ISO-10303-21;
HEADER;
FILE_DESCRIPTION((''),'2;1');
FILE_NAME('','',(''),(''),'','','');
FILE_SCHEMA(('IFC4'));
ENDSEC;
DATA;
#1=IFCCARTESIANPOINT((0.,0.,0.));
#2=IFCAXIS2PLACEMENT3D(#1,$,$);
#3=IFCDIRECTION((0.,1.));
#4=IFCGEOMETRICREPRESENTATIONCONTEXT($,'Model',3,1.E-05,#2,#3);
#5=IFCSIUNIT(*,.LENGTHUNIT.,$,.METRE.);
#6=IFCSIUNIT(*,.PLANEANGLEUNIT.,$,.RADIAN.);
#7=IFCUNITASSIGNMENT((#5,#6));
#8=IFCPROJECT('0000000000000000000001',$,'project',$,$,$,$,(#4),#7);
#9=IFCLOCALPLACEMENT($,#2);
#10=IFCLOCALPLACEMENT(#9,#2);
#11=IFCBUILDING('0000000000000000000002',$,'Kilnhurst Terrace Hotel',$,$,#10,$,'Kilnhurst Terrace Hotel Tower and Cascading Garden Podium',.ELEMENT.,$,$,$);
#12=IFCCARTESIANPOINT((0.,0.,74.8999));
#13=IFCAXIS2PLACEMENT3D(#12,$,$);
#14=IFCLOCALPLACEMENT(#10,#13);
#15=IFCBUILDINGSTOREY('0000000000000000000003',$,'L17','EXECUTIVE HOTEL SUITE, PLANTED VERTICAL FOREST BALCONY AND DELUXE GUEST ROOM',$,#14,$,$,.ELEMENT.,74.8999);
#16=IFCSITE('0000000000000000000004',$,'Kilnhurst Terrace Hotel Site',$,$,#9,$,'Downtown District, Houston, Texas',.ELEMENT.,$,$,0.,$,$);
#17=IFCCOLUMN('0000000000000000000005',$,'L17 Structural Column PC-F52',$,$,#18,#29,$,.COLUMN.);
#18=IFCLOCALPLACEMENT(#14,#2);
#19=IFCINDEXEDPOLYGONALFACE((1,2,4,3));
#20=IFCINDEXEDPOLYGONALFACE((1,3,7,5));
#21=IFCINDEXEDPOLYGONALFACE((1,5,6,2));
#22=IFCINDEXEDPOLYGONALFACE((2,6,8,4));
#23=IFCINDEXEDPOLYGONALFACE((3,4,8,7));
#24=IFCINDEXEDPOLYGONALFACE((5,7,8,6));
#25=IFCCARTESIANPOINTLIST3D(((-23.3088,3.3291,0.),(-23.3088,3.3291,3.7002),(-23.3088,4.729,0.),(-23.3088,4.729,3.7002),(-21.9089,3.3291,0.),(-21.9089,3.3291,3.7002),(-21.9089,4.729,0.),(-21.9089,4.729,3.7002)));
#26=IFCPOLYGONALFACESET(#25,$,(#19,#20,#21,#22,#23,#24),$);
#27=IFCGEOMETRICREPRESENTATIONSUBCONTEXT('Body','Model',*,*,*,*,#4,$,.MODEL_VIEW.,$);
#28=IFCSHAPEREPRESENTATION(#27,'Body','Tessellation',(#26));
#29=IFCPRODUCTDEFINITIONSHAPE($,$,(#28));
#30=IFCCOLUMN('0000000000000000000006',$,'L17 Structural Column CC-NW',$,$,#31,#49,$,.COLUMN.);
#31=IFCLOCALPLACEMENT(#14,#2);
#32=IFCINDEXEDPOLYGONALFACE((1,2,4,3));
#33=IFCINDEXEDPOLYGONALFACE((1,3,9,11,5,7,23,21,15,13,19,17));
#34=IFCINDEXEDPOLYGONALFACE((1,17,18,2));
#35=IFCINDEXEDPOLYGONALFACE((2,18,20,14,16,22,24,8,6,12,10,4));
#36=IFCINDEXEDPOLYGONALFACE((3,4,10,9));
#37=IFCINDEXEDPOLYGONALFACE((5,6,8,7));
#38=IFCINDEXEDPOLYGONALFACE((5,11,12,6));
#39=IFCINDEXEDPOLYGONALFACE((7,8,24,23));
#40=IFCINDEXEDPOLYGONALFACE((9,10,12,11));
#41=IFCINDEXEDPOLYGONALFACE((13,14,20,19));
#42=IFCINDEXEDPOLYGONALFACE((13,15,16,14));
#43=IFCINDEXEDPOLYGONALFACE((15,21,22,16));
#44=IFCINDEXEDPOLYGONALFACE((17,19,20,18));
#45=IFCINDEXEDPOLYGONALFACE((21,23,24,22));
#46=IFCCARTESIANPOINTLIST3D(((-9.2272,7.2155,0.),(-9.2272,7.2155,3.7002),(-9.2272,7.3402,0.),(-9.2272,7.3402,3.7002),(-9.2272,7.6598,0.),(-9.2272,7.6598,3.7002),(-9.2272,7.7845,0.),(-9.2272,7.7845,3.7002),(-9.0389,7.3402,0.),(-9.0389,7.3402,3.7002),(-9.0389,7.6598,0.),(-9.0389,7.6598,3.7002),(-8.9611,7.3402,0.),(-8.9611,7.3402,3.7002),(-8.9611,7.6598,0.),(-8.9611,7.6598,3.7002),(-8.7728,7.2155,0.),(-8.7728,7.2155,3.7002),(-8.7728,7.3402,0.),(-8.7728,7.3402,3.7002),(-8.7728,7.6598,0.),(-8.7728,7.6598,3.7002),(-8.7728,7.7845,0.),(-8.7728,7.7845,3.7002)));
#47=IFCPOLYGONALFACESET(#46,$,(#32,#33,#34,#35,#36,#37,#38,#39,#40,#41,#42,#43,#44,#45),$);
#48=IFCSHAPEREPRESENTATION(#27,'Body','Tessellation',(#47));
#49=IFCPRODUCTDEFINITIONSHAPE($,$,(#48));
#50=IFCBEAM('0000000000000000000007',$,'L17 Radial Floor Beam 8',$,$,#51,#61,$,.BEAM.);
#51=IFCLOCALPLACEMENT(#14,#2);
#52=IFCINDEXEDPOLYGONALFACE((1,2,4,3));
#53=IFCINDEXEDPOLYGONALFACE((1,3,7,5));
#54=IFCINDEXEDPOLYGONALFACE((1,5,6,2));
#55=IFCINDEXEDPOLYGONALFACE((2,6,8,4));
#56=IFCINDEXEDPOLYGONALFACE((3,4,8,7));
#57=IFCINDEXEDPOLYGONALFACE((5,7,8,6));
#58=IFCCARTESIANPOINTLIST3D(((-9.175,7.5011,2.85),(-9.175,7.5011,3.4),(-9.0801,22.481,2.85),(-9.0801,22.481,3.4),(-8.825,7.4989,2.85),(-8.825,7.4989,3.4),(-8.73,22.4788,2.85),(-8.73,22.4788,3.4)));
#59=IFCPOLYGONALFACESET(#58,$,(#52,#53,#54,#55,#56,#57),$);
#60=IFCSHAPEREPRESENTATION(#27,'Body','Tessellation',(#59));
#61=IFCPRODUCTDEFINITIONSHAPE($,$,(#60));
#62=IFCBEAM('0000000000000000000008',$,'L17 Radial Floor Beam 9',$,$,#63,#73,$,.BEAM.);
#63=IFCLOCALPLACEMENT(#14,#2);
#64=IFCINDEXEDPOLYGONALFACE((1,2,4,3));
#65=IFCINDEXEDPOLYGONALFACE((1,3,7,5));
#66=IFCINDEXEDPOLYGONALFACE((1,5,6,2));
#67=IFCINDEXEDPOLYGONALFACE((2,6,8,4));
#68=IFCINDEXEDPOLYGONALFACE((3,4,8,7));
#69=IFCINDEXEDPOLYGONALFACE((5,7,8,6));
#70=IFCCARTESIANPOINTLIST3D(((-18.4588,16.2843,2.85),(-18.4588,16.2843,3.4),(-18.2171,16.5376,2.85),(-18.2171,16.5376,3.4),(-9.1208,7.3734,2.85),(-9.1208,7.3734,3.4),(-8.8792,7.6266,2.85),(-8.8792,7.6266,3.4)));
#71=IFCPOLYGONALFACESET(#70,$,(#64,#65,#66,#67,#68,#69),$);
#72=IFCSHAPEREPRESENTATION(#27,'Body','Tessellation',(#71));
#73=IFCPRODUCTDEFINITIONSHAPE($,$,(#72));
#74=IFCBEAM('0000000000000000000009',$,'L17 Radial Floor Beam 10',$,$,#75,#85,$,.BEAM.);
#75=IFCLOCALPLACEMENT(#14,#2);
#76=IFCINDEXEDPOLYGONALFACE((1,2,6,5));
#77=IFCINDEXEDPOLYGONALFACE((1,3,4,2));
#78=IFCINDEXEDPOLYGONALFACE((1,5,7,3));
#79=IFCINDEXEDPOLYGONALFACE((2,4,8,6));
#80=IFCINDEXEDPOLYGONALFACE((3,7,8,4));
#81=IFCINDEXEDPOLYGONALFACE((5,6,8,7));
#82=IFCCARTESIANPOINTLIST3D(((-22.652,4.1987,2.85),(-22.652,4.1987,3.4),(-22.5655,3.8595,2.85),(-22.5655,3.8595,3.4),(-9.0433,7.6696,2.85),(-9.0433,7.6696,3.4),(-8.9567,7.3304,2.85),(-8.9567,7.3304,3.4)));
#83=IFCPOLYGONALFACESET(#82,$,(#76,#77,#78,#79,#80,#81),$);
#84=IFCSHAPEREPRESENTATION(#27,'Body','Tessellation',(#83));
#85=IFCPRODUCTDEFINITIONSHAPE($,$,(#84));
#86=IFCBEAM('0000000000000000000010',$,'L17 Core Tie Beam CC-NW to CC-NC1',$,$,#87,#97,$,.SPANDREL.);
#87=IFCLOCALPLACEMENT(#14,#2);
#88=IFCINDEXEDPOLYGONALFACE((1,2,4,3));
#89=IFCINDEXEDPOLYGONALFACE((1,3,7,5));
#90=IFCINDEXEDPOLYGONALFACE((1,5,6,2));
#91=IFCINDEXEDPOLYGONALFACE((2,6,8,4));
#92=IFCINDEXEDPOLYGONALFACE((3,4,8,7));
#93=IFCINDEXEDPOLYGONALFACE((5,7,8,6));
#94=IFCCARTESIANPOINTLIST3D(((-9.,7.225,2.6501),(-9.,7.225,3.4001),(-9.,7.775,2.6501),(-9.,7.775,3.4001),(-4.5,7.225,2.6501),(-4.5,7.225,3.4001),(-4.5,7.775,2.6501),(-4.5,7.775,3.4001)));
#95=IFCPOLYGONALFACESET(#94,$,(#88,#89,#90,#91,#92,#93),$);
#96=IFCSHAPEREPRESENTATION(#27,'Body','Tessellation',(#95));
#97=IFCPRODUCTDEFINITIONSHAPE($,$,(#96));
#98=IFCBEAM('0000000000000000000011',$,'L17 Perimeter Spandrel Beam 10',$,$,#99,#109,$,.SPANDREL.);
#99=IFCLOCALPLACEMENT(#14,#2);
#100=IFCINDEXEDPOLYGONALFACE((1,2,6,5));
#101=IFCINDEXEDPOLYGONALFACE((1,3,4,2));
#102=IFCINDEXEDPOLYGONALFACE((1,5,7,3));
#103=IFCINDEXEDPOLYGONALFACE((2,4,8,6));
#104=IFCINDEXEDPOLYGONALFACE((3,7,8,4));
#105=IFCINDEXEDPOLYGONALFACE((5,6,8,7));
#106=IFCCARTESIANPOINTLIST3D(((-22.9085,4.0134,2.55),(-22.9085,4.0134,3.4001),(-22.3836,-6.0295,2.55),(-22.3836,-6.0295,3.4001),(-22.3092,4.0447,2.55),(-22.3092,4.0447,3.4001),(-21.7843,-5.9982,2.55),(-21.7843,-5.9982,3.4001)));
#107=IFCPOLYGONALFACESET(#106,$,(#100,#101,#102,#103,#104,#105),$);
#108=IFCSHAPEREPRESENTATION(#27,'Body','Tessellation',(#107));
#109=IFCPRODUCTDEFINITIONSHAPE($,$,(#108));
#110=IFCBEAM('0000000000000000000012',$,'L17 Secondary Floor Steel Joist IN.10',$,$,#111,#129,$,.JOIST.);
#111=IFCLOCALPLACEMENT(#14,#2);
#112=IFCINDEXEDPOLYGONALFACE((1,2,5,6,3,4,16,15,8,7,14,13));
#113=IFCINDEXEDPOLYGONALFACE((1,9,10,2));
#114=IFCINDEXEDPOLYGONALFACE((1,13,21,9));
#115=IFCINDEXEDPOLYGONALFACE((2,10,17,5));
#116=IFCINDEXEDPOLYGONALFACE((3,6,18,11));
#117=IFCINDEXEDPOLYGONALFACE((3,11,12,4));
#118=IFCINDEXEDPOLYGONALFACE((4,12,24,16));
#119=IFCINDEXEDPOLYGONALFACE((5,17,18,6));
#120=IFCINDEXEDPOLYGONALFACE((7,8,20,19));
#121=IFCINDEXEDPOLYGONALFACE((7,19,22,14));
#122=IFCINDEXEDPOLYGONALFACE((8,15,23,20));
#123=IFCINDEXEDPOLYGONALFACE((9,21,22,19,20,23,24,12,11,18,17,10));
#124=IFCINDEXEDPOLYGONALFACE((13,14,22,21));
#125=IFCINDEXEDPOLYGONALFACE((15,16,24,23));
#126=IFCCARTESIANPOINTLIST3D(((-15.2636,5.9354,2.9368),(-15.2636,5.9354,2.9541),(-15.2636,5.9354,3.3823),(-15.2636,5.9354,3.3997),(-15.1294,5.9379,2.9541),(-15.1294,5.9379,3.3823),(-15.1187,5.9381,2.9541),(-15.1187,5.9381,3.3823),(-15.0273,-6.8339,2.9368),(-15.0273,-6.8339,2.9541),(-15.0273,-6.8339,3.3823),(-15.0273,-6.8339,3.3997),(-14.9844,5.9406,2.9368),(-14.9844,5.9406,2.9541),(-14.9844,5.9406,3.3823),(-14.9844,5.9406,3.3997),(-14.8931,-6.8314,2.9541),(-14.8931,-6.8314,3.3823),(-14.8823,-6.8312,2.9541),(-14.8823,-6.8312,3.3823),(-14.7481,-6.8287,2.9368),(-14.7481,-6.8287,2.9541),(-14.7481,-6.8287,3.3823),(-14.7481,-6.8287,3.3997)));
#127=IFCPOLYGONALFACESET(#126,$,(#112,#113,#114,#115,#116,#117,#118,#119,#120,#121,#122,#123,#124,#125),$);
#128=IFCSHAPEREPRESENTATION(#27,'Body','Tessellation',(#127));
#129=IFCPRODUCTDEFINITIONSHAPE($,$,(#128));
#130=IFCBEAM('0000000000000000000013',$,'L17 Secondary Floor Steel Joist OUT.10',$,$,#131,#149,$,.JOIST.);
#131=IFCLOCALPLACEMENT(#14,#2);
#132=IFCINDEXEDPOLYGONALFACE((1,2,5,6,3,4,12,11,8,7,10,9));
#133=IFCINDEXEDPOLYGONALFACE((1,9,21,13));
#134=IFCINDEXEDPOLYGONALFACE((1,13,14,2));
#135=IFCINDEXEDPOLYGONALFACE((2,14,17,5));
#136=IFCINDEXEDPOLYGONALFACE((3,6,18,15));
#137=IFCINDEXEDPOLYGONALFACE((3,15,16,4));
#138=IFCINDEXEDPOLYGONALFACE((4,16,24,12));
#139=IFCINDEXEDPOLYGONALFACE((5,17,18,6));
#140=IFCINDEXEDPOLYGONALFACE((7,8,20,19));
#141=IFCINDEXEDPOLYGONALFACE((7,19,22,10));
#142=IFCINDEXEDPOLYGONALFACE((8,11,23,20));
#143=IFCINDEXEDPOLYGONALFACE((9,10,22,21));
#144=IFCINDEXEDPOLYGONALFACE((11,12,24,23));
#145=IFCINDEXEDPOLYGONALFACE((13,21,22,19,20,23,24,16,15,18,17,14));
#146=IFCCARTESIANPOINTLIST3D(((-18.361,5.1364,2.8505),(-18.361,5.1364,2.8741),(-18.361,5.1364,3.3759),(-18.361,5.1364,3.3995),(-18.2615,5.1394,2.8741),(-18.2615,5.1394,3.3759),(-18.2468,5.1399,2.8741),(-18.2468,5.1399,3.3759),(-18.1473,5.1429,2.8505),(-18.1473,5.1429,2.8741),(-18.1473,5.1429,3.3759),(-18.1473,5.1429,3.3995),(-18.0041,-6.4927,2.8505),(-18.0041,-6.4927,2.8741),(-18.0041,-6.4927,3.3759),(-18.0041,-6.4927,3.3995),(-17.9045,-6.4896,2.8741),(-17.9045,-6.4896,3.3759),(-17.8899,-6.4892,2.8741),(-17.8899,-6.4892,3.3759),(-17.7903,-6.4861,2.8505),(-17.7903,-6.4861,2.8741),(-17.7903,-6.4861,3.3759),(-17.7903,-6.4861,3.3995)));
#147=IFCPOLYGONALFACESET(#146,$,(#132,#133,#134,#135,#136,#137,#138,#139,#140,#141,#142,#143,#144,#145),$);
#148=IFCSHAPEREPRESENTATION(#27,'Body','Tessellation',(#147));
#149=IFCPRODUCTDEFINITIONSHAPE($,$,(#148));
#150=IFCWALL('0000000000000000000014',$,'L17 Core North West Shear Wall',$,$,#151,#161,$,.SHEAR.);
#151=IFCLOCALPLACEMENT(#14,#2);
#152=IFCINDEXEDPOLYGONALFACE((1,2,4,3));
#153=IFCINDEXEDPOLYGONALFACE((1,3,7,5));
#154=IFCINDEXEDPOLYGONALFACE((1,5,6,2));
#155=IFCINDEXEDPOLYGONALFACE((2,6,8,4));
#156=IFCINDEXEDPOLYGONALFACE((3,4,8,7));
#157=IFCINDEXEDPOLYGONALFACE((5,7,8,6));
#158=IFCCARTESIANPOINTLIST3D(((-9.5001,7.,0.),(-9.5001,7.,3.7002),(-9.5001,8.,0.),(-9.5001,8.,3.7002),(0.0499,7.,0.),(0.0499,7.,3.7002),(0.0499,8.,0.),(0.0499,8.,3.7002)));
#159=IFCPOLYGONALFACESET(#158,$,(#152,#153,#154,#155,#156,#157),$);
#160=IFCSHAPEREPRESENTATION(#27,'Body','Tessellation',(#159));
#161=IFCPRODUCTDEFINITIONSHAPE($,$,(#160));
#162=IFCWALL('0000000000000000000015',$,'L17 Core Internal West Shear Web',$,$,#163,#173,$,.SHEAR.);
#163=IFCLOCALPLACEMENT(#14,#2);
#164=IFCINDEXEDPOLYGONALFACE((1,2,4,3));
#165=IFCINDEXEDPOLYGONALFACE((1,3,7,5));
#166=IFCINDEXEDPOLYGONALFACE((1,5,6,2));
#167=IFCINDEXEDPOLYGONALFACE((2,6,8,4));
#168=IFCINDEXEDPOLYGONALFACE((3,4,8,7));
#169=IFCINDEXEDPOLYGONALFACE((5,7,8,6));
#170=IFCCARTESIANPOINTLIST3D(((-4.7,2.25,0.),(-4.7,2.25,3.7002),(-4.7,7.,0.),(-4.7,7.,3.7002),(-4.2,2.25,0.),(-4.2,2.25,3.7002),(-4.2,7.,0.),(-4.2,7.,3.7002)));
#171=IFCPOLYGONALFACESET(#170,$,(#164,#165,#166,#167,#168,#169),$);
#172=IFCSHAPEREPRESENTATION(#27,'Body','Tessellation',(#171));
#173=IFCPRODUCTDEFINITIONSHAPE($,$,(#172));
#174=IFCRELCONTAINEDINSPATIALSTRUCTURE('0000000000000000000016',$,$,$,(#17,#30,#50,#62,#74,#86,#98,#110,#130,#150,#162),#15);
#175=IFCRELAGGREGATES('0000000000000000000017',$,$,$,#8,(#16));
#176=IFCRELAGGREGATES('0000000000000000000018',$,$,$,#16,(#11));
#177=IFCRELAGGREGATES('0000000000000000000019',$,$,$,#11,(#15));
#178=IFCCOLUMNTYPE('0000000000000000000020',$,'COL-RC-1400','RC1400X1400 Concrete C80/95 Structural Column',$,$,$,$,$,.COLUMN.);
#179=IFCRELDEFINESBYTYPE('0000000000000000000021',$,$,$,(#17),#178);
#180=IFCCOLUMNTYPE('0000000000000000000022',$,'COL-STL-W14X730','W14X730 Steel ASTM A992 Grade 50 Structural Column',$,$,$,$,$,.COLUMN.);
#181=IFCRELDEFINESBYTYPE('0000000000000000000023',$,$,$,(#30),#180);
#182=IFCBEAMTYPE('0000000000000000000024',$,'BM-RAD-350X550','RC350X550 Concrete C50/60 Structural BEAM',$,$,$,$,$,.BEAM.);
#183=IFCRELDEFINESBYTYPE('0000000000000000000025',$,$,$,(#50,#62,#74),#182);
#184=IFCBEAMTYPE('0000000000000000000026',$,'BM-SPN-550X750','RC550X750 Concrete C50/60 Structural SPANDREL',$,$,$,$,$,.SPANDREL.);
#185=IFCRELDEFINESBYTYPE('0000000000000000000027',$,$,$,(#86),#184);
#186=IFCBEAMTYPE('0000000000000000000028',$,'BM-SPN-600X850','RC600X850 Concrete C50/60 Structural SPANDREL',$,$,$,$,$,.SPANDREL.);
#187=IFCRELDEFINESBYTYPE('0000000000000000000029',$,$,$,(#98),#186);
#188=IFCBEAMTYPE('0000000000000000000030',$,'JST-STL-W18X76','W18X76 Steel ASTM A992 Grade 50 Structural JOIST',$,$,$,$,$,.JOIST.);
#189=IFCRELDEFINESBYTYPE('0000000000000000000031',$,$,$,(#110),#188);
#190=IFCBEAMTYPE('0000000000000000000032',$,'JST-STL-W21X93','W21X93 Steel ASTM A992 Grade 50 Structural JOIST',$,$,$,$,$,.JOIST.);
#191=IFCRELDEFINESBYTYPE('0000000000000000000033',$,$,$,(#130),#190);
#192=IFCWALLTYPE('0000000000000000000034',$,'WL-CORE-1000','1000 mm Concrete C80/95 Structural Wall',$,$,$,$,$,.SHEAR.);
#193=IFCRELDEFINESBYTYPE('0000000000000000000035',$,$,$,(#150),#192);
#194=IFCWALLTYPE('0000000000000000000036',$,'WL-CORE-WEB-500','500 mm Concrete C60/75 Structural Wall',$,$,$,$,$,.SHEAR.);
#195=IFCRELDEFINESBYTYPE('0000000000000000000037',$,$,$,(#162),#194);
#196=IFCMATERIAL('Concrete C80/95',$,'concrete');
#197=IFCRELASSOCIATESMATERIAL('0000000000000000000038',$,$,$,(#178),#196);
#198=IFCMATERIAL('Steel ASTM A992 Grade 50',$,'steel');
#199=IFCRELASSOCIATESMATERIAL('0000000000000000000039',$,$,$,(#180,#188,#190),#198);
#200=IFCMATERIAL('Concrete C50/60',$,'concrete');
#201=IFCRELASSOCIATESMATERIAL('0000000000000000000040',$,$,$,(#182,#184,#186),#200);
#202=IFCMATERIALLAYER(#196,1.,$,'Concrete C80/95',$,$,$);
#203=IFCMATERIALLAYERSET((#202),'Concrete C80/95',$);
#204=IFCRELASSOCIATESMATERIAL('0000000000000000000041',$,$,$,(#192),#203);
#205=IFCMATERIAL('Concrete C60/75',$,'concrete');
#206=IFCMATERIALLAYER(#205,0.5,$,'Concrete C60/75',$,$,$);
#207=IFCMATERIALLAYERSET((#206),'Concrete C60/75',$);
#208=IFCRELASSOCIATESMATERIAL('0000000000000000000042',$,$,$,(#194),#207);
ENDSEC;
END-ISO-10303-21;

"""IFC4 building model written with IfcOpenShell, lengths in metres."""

from ifc_helpers import new_model, si_unit, direction, frame, frame_2d, origin, origin_2d, place, context, subcontext, project, spatial, rectangle, i_section, extrude, material, layer, layer_set, material_profile, profile_set, type_object, element, save


model = new_model("IFC4")

# Units and contexts
model_context = context("Model", 3, precision=1e-05, world=origin(), true_north=direction((0.0, 1.0)))
body_context = subcontext(model_context, "Body", "Model", "MODEL_VIEW")
ifc_project = project(units=[si_unit("LENGTHUNIT", "METRE"), si_unit("PLANEANGLEUNIT", "RADIAN")], contexts=[model_context])

# Site, building, storey
site_placement = place(None, origin())
site = spatial("IfcSite", under=ifc_project, at=site_placement, Name="Kilnhurst Terrace Hotel Site", LongName="Downtown District, Houston, Texas", CompositionType="ELEMENT", RefElevation=0.0)
building_placement = place(site_placement, origin())
building = spatial("IfcBuilding", under=site, at=building_placement, Name="Kilnhurst Terrace Hotel", LongName="Kilnhurst Terrace Hotel Tower and Cascading Garden Podium", CompositionType="ELEMENT")
storey_placement = place(building_placement, frame((0.0, 0.0, 74.8999)))
storey = spatial("IfcBuildingStorey", under=building, at=storey_placement, Name="L17", Description="EXECUTIVE HOTEL SUITE, PLANTED VERTICAL FOREST BALCONY AND DELUXE GUEST ROOM", CompositionType="ELEMENT", Elevation=74.8999)

# Columns
ifc_material_1 = material(Name="Concrete C80/95", Category="concrete")
ifc_material_profile_1 = material_profile(ifc_material_1, rectangle(XDim=1.3999, YDim=1.3999, at=origin_2d()), Name="RC1400X1400")
ifc_profile_set_1 = profile_set([ifc_material_profile_1], Name="Concrete C80/95")
column_type_1 = type_object("IfcColumnType", Name="COL-RC-1400", Description="RC1400X1400 Concrete C80/95 Structural Column", PredefinedType="COLUMN", material=ifc_profile_set_1)
column_1_placement = place(storey_placement, frame((-22.6089, 4.0291, 0.0), z_axis=(0.0, 0.0, 1.0), x_axis=(1.0, 0.0, 0.0)))
element("IfcColumn", 1, at=column_1_placement, inside=storey, type_object=column_type_1, Name="L17 Structural Column PC-F52", PredefinedType="COLUMN", context=body_context, shape_type="SweptSolid", body=[
    extrude(rectangle(XDim=1.3999, YDim=1.3999, at=origin_2d()), origin(), (0.0, 0.0, 1.0), 3.7002),
])
ifc_material_2 = material(Name="Steel ASTM A992 Grade 50", Category="steel")
ifc_material_profile_2 = material_profile(ifc_material_2, i_section(OverallWidth=0.4543, OverallDepth=0.5691, WebThickness=0.0779, FlangeThickness=0.1248, at=origin_2d()), Name="W14X730")
ifc_profile_set_2 = profile_set([ifc_material_profile_2], Name="Steel ASTM A992 Grade 50")
column_type_2 = type_object("IfcColumnType", Name="COL-STL-W14X730", Description="W14X730 Steel ASTM A992 Grade 50 Structural Column", PredefinedType="COLUMN", material=ifc_profile_set_2)
column_2_placement = place(storey_placement, frame((-9.0, 7.5, 0.0), z_axis=(0.0, 0.0, 1.0), x_axis=(1.0, 0.0, 0.0)))
element("IfcColumn", 2, at=column_2_placement, inside=storey, type_object=column_type_2, Name="L17 Structural Column CC-NW", PredefinedType="COLUMN", context=body_context, shape_type="SweptSolid", body=[
    extrude(i_section(OverallWidth=0.4543, OverallDepth=0.5691, WebThickness=0.0779, FlangeThickness=0.1248, at=origin_2d()), origin(), (0.0, 0.0, 1.0), 3.7002),
])

# Beams
ifc_material_3 = material(Name="Concrete C50/60", Category="concrete")
ifc_material_profile_3 = material_profile(ifc_material_3, rectangle(XDim=0.3501, YDim=0.55, at=origin_2d()), Name="RC350X550")
ifc_profile_set_3 = profile_set([ifc_material_profile_3], Name="Concrete C50/60")
beam_type_1 = type_object("IfcBeamType", Name="BM-RAD-350X550", Description="RC350X550 Concrete C50/60 Structural BEAM", PredefinedType="BEAM", material=ifc_profile_set_3)
beam_1_placement = place(storey_placement, frame((-9.0, 7.5, 3.125), z_axis=(0.00634, 0.99998, 0.0), x_axis=(-0.99998, 0.00634, 0.0)))
element("IfcBeam", 3, at=beam_1_placement, inside=storey, type_object=beam_type_1, Name="L17 Radial Floor Beam 8", PredefinedType="BEAM", context=body_context, shape_type="SweptSolid", body=[
    extrude(rectangle(XDim=0.3501, YDim=0.55, at=origin_2d()), origin(), (0.0, 0.0, 1.0), 14.9802),
])
beam_2_placement = place(storey_placement, frame((-9.0, 7.5, 3.125), z_axis=(-0.723454, 0.690372, 0.0), x_axis=(-0.690372, -0.723454, 0.0)))
element("IfcBeam", 4, at=beam_2_placement, inside=storey, type_object=beam_type_1, Name="L17 Radial Floor Beam 9", PredefinedType="BEAM", context=body_context, shape_type="SweptSolid", body=[
    extrude(rectangle(XDim=0.3501, YDim=0.55, at=origin_2d()), origin(), (0.0, 0.0, 1.0), 12.9075),
])
beam_3_placement = place(storey_placement, frame((-9.0, 7.5, 3.125), z_axis=(-0.96898, -0.247138, 0.0), x_axis=(0.247138, -0.96898, 0.0)))
element("IfcBeam", 5, at=beam_3_placement, inside=storey, type_object=beam_type_1, Name="L17 Radial Floor Beam 10", PredefinedType="BEAM", context=body_context, shape_type="SweptSolid", body=[
    extrude(rectangle(XDim=0.3501, YDim=0.55, at=origin_2d()), origin(), (0.0, 0.0, 1.0), 14.0444),
])
ifc_material_profile_4 = material_profile(ifc_material_3, rectangle(XDim=0.55, YDim=0.75, at=origin_2d()), Name="RC550X750")
ifc_profile_set_4 = profile_set([ifc_material_profile_4], Name="Concrete C50/60")
beam_type_2 = type_object("IfcBeamType", Name="BM-SPN-550X750", Description="RC550X750 Concrete C50/60 Structural SPANDREL", PredefinedType="SPANDREL", material=ifc_profile_set_4)
beam_4_placement = place(storey_placement, frame((-9.0, 7.5, 3.0251), z_axis=(1.0, 0.0, 0.0), x_axis=(0.0, 1.0, 0.0)))
element("IfcBeam", 6, at=beam_4_placement, inside=storey, type_object=beam_type_2, Name="L17 Core Tie Beam CC-NW to CC-NC1", PredefinedType="SPANDREL", context=body_context, shape_type="SweptSolid", body=[
    extrude(rectangle(XDim=0.55, YDim=0.75, at=origin_2d()), origin(), (0.0, 0.0, 1.0), 4.5),
])
ifc_material_profile_5 = material_profile(ifc_material_3, rectangle(XDim=0.6001, YDim=0.8501, at=origin_2d()), Name="RC600X850")
ifc_profile_set_5 = profile_set([ifc_material_profile_5], Name="Concrete C50/60")
beam_type_3 = type_object("IfcBeamType", Name="BM-SPN-600X850", Description="RC600X850 Concrete C50/60 Structural SPANDREL", PredefinedType="SPANDREL", material=ifc_profile_set_5)
beam_5_placement = place(storey_placement, frame((-22.6089, 4.0291, 2.9751), z_axis=(0.052194, -0.998637, 0.0), x_axis=(0.998637, 0.052194, 0.0)))
element("IfcBeam", 7, at=beam_5_placement, inside=storey, type_object=beam_type_3, Name="L17 Perimeter Spandrel Beam 10", PredefinedType="SPANDREL", context=body_context, shape_type="SweptSolid", body=[
    extrude(rectangle(XDim=0.6001, YDim=0.8501, at=origin_2d()), origin(), (0.0, 0.0, 1.0), 10.0566),
])
ifc_material_profile_6 = material_profile(ifc_material_2, i_section(OverallWidth=0.2793, OverallDepth=0.4629, WebThickness=0.0107, FlangeThickness=0.0173, at=origin_2d()), Name="W18X76")
ifc_profile_set_6 = profile_set([ifc_material_profile_6], Name="Steel ASTM A992 Grade 50")
beam_type_4 = type_object("IfcBeamType", Name="JST-STL-W18X76", Description="W18X76 Steel ASTM A992 Grade 50 Structural JOIST", PredefinedType="JOIST", material=ifc_profile_set_6)
beam_6_placement = place(storey_placement, frame((-15.124, 5.938, 3.1682), z_axis=(0.018504, -0.999829, 0.0), x_axis=(0.999829, 0.018504, 0.0)))
element("IfcBeam", 8, at=beam_6_placement, inside=storey, type_object=beam_type_4, Name="L17 Secondary Floor Steel Joist IN.10", PredefinedType="JOIST", context=body_context, shape_type="SweptSolid", body=[
    extrude(i_section(OverallWidth=0.2793, OverallDepth=0.4629, WebThickness=0.0107, FlangeThickness=0.0173, at=origin_2d()), origin(), (0.0, 0.0, 1.0), 12.7715),
])
ifc_material_profile_7 = material_profile(ifc_material_2, i_section(OverallWidth=0.2139, OverallDepth=0.5491, WebThickness=0.0146, FlangeThickness=0.0237, at=origin_2d()), Name="W21X93")
ifc_profile_set_7 = profile_set([ifc_material_profile_7], Name="Steel ASTM A992 Grade 50")
beam_type_5 = type_object("IfcBeamType", Name="JST-STL-W21X93", Description="W21X93 Steel ASTM A992 Grade 50 Structural JOIST", PredefinedType="JOIST", material=ifc_profile_set_7)
beam_7_placement = place(storey_placement, frame((-18.2542, 5.1396, 3.125), z_axis=(0.030679, -0.999529, 0.0), x_axis=(0.999529, 0.030679, 0.0)))
element("IfcBeam", 9, at=beam_7_placement, inside=storey, type_object=beam_type_5, Name="L17 Secondary Floor Steel Joist OUT.10", PredefinedType="JOIST", context=body_context, shape_type="SweptSolid", body=[
    extrude(i_section(OverallWidth=0.2139, OverallDepth=0.5491, WebThickness=0.0146, FlangeThickness=0.0237, at=origin_2d()), origin(), (0.0, 0.0, 1.0), 11.6345),
])

# Walls
ifc_layer_1 = layer(ifc_material_1, 1.0, Name="Concrete C80/95")
ifc_layer_set_1 = layer_set([ifc_layer_1], Name="Concrete C80/95")
wall_type_1 = type_object("IfcWallType", Name="WL-CORE-1000", Description="1000 mm Concrete C80/95 Structural Wall", PredefinedType="SHEAR", material=ifc_layer_set_1)
wall_1_placement = place(storey_placement, frame((-9.5, 7.5, 0.0), z_axis=(0.0, 0.0, 1.0), x_axis=(1.0, 0.0, 0.0)))
element("IfcWall", 10, at=wall_1_placement, inside=storey, type_object=wall_type_1, Name="L17 Core North West Shear Wall", PredefinedType="SHEAR", context=body_context, shape_type="SweptSolid", body=[
    extrude(rectangle(XDim=9.55, YDim=1.0, at=frame_2d((4.7749, 0.0))), origin(), (0.0, 0.0, 1.0), 3.7002),
])
ifc_material_4 = material(Name="Concrete C60/75", Category="concrete")
ifc_layer_2 = layer(ifc_material_4, 0.5, Name="Concrete C60/75")
ifc_layer_set_2 = layer_set([ifc_layer_2], Name="Concrete C60/75")
wall_type_2 = type_object("IfcWallType", Name="WL-CORE-WEB-500", Description="500 mm Concrete C60/75 Structural Wall", PredefinedType="SHEAR", material=ifc_layer_set_2)
wall_2_placement = place(storey_placement, frame((-4.45, 2.25, 0.0), z_axis=(0.0, 0.0, 1.0), x_axis=(0.0, 1.0, 0.0)))
element("IfcWall", 11, at=wall_2_placement, inside=storey, type_object=wall_type_2, Name="L17 Core Internal West Shear Web", PredefinedType="SHEAR", context=body_context, shape_type="SweptSolid", body=[
    extrude(rectangle(XDim=4.75, YDim=0.5, at=frame_2d((2.375, 0.0))), origin(), (0.0, 0.0, 1.0), 3.7002),
])

save(model, "model.ifc")
